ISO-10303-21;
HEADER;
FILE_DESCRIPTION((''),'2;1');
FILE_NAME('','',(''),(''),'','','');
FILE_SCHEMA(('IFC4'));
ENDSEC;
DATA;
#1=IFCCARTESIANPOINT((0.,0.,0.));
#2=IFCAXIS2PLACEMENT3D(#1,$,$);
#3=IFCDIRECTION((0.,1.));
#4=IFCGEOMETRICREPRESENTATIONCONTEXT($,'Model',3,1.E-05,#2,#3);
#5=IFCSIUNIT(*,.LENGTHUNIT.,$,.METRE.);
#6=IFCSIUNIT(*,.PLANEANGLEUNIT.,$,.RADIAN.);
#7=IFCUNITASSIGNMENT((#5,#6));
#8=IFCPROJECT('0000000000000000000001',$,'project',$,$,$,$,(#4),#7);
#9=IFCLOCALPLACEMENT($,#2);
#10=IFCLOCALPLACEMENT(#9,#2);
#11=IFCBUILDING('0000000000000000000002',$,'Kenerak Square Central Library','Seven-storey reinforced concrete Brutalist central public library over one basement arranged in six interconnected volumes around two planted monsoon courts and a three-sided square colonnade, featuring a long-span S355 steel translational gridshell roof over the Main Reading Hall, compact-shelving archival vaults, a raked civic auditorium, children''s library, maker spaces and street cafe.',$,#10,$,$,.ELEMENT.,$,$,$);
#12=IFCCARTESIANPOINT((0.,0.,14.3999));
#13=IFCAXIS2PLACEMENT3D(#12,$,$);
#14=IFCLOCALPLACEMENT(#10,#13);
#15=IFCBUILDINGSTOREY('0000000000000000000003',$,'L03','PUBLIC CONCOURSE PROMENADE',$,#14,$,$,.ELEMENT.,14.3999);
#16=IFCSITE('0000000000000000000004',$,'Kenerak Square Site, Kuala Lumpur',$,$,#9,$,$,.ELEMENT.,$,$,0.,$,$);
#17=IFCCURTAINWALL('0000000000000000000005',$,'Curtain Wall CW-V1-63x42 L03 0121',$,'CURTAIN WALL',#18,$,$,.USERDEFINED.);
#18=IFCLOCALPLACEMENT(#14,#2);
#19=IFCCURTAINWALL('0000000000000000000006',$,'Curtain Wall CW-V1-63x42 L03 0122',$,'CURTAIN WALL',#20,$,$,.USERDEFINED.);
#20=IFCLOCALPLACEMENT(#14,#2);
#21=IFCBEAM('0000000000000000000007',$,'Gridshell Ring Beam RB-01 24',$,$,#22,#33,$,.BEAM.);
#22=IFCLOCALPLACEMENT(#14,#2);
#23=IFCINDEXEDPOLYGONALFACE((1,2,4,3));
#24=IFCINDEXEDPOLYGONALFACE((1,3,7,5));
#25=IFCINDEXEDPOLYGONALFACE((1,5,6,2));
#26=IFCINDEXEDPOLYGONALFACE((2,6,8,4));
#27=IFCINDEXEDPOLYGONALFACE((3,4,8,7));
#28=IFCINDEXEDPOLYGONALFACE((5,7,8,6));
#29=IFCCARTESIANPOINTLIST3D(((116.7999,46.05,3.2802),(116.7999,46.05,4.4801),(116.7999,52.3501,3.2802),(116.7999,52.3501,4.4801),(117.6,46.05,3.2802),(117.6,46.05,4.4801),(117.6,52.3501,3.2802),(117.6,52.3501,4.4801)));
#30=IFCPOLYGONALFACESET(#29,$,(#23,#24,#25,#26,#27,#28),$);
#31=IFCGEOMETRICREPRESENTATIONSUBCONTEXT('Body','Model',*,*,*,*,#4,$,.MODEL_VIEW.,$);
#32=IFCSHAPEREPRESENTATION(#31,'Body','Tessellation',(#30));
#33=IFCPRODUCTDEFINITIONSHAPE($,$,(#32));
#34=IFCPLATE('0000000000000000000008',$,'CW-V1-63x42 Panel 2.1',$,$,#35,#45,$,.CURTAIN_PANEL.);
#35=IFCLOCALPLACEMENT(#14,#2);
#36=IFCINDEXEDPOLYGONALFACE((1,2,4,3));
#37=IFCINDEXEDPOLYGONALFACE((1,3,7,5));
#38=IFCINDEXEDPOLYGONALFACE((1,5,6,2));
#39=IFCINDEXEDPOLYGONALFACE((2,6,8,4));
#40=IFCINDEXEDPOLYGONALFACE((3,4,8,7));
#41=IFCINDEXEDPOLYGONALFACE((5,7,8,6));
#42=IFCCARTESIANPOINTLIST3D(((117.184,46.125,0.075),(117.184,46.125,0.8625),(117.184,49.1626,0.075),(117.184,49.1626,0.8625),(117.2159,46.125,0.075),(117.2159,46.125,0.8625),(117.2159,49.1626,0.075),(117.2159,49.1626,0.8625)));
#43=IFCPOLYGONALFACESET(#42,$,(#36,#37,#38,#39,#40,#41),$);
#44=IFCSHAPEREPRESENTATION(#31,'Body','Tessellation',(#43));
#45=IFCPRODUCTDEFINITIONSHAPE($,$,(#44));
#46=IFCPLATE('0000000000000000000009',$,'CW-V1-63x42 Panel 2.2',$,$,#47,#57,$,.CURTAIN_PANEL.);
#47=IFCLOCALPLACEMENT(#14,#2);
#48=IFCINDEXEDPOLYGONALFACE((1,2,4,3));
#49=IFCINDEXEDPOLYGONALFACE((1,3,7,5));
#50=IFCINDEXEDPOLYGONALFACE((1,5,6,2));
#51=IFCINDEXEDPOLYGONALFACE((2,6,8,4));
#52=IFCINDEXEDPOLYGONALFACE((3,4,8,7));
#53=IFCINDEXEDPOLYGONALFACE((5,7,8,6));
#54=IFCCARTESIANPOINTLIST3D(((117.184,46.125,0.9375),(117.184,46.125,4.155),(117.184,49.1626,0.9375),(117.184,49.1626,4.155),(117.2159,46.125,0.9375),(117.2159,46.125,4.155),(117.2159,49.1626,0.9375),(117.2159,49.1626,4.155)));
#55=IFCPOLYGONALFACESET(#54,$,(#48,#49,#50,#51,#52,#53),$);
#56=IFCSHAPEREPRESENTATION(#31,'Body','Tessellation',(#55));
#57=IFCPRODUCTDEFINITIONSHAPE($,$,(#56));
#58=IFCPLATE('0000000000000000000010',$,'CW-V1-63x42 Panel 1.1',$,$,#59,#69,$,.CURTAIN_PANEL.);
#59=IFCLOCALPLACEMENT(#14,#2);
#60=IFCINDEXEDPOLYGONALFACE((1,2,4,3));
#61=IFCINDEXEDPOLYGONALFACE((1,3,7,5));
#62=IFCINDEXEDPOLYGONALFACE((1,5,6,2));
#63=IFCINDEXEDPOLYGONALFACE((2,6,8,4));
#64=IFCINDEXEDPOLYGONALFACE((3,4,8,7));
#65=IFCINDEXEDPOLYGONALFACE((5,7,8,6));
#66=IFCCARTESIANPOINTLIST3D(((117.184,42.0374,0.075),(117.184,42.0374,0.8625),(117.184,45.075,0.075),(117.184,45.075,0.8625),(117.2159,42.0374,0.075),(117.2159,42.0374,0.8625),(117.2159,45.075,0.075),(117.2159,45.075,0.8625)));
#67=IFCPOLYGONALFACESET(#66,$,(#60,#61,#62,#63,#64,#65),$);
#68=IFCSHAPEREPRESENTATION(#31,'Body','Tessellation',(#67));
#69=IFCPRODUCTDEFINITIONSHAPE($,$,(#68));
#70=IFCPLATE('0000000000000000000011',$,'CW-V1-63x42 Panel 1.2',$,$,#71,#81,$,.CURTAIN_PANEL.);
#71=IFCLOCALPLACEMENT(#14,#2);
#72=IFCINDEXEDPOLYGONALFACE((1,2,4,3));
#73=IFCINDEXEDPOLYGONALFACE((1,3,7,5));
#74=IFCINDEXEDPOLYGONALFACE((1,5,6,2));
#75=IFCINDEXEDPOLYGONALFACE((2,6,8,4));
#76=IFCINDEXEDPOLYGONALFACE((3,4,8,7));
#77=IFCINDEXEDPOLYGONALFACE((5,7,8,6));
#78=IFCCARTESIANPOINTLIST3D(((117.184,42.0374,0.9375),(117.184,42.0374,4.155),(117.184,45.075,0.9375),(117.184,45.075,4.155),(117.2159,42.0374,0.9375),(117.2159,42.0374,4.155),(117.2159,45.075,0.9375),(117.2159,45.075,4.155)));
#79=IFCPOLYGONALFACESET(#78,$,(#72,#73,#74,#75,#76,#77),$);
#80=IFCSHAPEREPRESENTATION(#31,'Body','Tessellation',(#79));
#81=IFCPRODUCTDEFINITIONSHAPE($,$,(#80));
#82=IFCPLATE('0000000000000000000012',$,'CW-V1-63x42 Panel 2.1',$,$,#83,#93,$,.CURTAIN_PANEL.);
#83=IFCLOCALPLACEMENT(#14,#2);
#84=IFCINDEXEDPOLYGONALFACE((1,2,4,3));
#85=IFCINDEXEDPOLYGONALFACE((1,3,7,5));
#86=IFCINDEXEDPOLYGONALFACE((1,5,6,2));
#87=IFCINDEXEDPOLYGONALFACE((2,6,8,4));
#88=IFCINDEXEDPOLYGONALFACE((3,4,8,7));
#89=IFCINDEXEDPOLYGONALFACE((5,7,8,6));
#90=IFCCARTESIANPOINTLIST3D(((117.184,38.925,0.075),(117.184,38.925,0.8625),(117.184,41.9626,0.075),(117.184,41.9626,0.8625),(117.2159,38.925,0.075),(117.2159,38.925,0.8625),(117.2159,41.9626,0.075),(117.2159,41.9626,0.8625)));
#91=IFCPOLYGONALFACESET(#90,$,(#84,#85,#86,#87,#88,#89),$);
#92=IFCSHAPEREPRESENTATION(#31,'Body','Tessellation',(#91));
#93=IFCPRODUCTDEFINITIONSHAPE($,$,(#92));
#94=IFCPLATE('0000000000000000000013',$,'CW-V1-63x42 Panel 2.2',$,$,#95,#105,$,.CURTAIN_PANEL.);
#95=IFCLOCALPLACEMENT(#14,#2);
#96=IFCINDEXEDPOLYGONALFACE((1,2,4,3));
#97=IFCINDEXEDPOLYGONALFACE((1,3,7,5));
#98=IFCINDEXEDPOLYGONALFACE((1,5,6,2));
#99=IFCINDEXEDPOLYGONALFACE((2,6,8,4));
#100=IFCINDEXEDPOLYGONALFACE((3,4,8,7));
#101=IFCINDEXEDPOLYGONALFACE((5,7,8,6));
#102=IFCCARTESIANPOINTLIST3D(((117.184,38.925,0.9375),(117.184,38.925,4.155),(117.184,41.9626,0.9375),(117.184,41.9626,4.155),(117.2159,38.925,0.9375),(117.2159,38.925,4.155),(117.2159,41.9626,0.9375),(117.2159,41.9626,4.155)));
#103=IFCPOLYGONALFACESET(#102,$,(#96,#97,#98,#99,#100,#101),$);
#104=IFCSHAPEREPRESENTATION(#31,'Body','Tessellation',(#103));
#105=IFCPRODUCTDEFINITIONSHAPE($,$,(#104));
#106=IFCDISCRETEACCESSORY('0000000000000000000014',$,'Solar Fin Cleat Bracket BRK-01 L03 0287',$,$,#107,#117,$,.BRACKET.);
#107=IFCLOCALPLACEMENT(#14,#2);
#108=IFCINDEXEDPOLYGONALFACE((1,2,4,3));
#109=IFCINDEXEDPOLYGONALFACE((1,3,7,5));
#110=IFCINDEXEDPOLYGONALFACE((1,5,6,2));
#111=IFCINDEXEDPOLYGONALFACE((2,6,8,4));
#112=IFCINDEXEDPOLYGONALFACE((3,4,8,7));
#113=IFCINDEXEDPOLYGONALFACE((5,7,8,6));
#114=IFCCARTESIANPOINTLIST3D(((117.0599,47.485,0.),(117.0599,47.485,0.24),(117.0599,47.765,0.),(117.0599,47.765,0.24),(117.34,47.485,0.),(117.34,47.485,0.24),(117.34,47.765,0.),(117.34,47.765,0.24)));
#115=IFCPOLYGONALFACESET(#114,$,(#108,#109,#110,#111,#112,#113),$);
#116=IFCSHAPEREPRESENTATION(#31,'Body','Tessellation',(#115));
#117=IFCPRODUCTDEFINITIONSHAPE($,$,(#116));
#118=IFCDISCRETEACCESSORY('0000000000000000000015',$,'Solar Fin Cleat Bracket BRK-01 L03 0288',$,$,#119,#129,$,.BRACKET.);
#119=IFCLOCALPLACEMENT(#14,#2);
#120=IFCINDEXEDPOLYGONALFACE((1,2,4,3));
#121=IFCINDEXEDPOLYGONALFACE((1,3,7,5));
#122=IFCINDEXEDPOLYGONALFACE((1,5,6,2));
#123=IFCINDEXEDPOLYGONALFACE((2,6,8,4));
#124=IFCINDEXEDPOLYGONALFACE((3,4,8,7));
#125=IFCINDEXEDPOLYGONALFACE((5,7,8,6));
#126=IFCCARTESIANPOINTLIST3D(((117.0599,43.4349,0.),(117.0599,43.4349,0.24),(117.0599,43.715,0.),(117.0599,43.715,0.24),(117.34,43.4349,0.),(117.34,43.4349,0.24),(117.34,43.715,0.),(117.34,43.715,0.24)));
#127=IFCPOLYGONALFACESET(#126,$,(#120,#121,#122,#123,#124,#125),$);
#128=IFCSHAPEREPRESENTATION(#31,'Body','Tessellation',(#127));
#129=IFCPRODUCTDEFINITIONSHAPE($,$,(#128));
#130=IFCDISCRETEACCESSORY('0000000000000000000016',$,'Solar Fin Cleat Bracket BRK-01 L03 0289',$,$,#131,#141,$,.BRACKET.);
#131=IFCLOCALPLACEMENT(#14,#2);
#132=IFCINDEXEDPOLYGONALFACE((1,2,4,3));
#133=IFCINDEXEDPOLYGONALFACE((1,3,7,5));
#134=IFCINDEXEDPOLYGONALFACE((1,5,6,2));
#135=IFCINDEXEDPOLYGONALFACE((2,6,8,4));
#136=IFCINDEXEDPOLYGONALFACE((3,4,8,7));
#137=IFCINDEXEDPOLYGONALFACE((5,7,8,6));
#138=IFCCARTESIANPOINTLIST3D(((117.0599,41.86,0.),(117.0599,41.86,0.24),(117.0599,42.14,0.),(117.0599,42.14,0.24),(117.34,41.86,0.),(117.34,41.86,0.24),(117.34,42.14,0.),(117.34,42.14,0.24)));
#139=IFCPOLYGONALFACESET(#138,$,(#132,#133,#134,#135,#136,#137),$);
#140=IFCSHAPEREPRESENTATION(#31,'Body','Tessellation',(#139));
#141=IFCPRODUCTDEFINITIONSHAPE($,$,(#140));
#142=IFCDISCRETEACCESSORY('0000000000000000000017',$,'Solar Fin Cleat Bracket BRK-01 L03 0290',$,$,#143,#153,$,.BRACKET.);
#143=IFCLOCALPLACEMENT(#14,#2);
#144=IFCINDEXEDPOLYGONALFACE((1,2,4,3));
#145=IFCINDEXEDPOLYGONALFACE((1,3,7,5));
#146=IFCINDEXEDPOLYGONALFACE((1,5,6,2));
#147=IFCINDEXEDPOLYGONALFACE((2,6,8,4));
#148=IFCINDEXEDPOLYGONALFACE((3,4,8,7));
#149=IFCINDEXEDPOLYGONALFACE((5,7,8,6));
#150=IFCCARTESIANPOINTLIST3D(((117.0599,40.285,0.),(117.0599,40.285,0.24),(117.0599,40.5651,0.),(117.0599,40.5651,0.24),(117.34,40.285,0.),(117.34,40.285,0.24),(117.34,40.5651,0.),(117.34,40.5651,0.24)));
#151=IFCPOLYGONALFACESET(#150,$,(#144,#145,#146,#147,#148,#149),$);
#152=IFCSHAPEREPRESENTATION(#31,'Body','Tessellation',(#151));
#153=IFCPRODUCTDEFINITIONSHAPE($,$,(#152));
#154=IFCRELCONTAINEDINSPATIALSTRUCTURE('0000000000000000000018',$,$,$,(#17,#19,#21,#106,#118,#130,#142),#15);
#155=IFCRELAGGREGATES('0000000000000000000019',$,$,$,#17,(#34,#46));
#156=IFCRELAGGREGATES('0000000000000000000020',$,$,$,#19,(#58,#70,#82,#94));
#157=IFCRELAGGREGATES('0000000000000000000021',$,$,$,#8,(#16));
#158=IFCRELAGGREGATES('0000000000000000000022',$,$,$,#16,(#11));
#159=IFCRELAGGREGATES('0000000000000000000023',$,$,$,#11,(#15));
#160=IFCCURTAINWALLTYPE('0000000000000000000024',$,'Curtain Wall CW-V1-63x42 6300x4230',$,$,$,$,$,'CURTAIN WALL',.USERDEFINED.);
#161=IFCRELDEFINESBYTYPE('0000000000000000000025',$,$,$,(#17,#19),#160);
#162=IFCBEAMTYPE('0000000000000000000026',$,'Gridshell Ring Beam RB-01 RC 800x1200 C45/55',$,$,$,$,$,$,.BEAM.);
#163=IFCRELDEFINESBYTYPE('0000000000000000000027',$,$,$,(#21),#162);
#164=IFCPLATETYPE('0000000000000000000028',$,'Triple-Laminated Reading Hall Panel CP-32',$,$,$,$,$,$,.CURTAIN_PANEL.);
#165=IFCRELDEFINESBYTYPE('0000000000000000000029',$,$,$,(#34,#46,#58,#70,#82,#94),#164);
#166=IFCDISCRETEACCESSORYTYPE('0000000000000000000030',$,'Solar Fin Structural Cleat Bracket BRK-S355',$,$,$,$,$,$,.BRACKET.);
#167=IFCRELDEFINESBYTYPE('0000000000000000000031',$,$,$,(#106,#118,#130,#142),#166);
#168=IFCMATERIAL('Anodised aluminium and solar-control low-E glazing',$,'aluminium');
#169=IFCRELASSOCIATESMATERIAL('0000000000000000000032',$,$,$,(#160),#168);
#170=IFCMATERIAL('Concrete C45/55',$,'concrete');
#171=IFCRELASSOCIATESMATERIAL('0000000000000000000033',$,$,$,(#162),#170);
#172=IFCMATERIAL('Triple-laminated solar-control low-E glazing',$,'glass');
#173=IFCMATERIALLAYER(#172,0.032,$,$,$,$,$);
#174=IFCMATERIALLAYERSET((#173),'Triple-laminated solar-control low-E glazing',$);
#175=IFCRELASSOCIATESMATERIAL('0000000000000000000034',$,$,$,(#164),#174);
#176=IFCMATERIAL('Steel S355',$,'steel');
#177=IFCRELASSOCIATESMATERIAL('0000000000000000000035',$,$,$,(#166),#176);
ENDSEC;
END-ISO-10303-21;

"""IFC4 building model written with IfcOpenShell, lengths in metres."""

from ifc_helpers import new_model, si_unit, direction, frame, origin, origin_2d, place, context, subcontext, project, spatial, rectangle, extrude, material, layer, layer_set, material_profile, profile_set, type_object, element, aggregate, save


model = new_model("IFC4")

# Units and contexts
model_context = context("Model", 3, precision=1e-05, world=origin(), true_north=direction((0.0, 1.0)))
body_context = subcontext(model_context, "Body", "Model", "MODEL_VIEW")
ifc_project = project(units=[si_unit("LENGTHUNIT", "METRE"), si_unit("PLANEANGLEUNIT", "RADIAN")], contexts=[model_context])

# Site, building, storey
site_placement = place(None, origin())
site = spatial("IfcSite", under=ifc_project, at=site_placement, Name="Kenerak Square Site, Kuala Lumpur", CompositionType="ELEMENT", RefElevation=0.0)
building_placement = place(site_placement, origin())
building = spatial("IfcBuilding", under=site, at=building_placement, Name="Kenerak Square Central Library", Description="Seven-storey reinforced concrete Brutalist central public library over one basement arranged in six interconnected volumes around two planted monsoon courts and a three-sided square colonnade, featuring a long-span S355 steel translational gridshell roof over the Main Reading Hall, compact-shelving archival vaults, a raked civic auditorium, children's library, maker spaces and street cafe.", CompositionType="ELEMENT")
storey_placement = place(building_placement, frame((0.0, 0.0, 14.3999)))
storey = spatial("IfcBuildingStorey", under=building, at=storey_placement, Name="L03", Description="PUBLIC CONCOURSE PROMENADE", CompositionType="ELEMENT", Elevation=14.3999)

# Shared definitions
ifc_material_1 = material(Name="Concrete C45/55", Category="concrete")

# Curtain wall
ifc_material_2 = material(Name="Anodised aluminium and solar-control low-E glazing", Category="aluminium")
curtain_wall_type = type_object("IfcCurtainWallType", Name="Curtain Wall CW-V1-63x42 6300x4230", ElementType="CURTAIN WALL", PredefinedType="USERDEFINED", material=ifc_material_2)
curtain_wall_1_placement = place(storey_placement, origin())
curtain_wall_1 = element("IfcCurtainWall", 1, at=curtain_wall_1_placement, inside=storey, type_object=curtain_wall_type, Name="Curtain Wall CW-V1-63x42 L03 0121", ObjectType="CURTAIN WALL", PredefinedType="USERDEFINED")

# Curtain wall
curtain_wall_2_placement = place(storey_placement, origin())
curtain_wall_2 = element("IfcCurtainWall", 2, at=curtain_wall_2_placement, inside=storey, type_object=curtain_wall_type, Name="Curtain Wall CW-V1-63x42 L03 0122", ObjectType="CURTAIN WALL", PredefinedType="USERDEFINED")

# Beam
ifc_material_profile_1 = material_profile(ifc_material_1, rectangle(XDim=0.8, YDim=1.2, at=origin_2d()), Name="RC 800x1200")
ifc_profile_set_1 = profile_set([ifc_material_profile_1], Name="Concrete C45/55")
beam_type = type_object("IfcBeamType", Name="Gridshell Ring Beam RB-01 RC 800x1200 C45/55", PredefinedType="BEAM", material=ifc_profile_set_1)
beam_1_placement = place(storey_placement, frame((117.2, 46.05, 3.8801), z_axis=(0.0, 1.0, 0.0), x_axis=(-1.0, 0.0, 0.0)))
element("IfcBeam", 3, at=beam_1_placement, inside=storey, type_object=beam_type, Name="Gridshell Ring Beam RB-01 24", PredefinedType="BEAM", context=body_context, shape_type="SweptSolid", body=[
    extrude(rectangle(XDim=0.8, YDim=1.2, at=origin_2d()), origin(), (0.0, 0.0, 1.0), 6.3),
])

# Plates
ifc_material_3 = material(Name="Triple-laminated solar-control low-E glazing", Category="glass")
ifc_layer = layer(ifc_material_3, 0.032)
ifc_layer_set = layer_set([ifc_layer], Name="Triple-laminated solar-control low-E glazing")
plate_type = type_object("IfcPlateType", Name="Triple-Laminated Reading Hall Panel CP-32", PredefinedType="CURTAIN_PANEL", material=ifc_layer_set)
plate_1_placement = place(storey_placement, frame((117.2, 47.6438, 0.075), z_axis=(0.0, 0.0, 1.0), x_axis=(0.0, -1.0, 0.0)))
plate_1 = element("IfcPlate", 4, at=plate_1_placement, type_object=plate_type, Name="CW-V1-63x42 Panel 2.1", PredefinedType="CURTAIN_PANEL", context=body_context, shape_type="SweptSolid", body=[
    extrude(rectangle(XDim=3.0376, YDim=0.032, at=origin_2d()), origin(), (0.0, 0.0, 1.0), 0.7876),
])
plate_2_placement = place(storey_placement, frame((117.2, 47.6438, 0.9375), z_axis=(0.0, 0.0, 1.0), x_axis=(0.0, -1.0, 0.0)))
plate_2 = element("IfcPlate", 5, at=plate_2_placement, type_object=plate_type, Name="CW-V1-63x42 Panel 2.2", PredefinedType="CURTAIN_PANEL", context=body_context, shape_type="SweptSolid", body=[
    extrude(rectangle(XDim=3.0376, YDim=0.032, at=origin_2d()), origin(), (0.0, 0.0, 1.0), 3.2175),
])
aggregate(curtain_wall_1, [plate_1, plate_2])
plate_3_placement = place(storey_placement, frame((117.2, 43.5562, 0.075), z_axis=(0.0, 0.0, 1.0), x_axis=(0.0, -1.0, 0.0)))
plate_3 = element("IfcPlate", 6, at=plate_3_placement, type_object=plate_type, Name="CW-V1-63x42 Panel 1.1", PredefinedType="CURTAIN_PANEL", context=body_context, shape_type="SweptSolid", body=[
    extrude(rectangle(XDim=3.0376, YDim=0.032, at=origin_2d()), origin(), (0.0, 0.0, 1.0), 0.7876),
])
plate_4_placement = place(storey_placement, frame((117.2, 43.5562, 0.9375), z_axis=(0.0, 0.0, 1.0), x_axis=(0.0, -1.0, 0.0)))
plate_4 = element("IfcPlate", 7, at=plate_4_placement, type_object=plate_type, Name="CW-V1-63x42 Panel 1.2", PredefinedType="CURTAIN_PANEL", context=body_context, shape_type="SweptSolid", body=[
    extrude(rectangle(XDim=3.0376, YDim=0.032, at=origin_2d()), origin(), (0.0, 0.0, 1.0), 3.2175),
])
plate_5_placement = place(storey_placement, frame((117.2, 40.4438, 0.075), z_axis=(0.0, 0.0, 1.0), x_axis=(0.0, -1.0, 0.0)))
plate_5 = element("IfcPlate", 8, at=plate_5_placement, type_object=plate_type, Name="CW-V1-63x42 Panel 2.1", PredefinedType="CURTAIN_PANEL", context=body_context, shape_type="SweptSolid", body=[
    extrude(rectangle(XDim=3.0376, YDim=0.032, at=origin_2d()), origin(), (0.0, 0.0, 1.0), 0.7876),
])
plate_6_placement = place(storey_placement, frame((117.2, 40.4438, 0.9375), z_axis=(0.0, 0.0, 1.0), x_axis=(0.0, -1.0, 0.0)))
plate_6 = element("IfcPlate", 9, at=plate_6_placement, type_object=plate_type, Name="CW-V1-63x42 Panel 2.2", PredefinedType="CURTAIN_PANEL", context=body_context, shape_type="SweptSolid", body=[
    extrude(rectangle(XDim=3.0376, YDim=0.032, at=origin_2d()), origin(), (0.0, 0.0, 1.0), 3.2175),
])
aggregate(curtain_wall_2, [plate_3, plate_4, plate_5, plate_6])

# Discrete accessories
ifc_material_4 = material(Name="Steel S355", Category="steel")
discrete_accessory_type = type_object("IfcDiscreteAccessoryType", Name="Solar Fin Structural Cleat Bracket BRK-S355", PredefinedType="BRACKET", material=ifc_material_4)
for number, where, z_axis, x_axis, name in (
    (10, (117.2, 47.625, 0.0), (0.0, 0.0, 1.0), (0.0, -1.0, 0.0), "Solar Fin Cleat Bracket BRK-01 L03 0287"),
    (11, (117.2, 43.575, 0.0), (0.0, 0.0, 1.0), (0.0, -1.0, 0.0), "Solar Fin Cleat Bracket BRK-01 L03 0288"),
    (12, (117.2, 42.0, 0.0), (0.0, 0.0, 1.0), (0.0, -1.0, 0.0), "Solar Fin Cleat Bracket BRK-01 L03 0289"),
    (13, (117.2, 40.425, 0.0), (0.0, 0.0, 1.0), (0.0, -1.0, 0.0), "Solar Fin Cleat Bracket BRK-01 L03 0290"),
):
    element("IfcDiscreteAccessory", number, at=place(storey_placement, frame(where, z_axis=z_axis, x_axis=x_axis)), inside=storey, type_object=discrete_accessory_type, Name=name, PredefinedType="BRACKET", context=body_context, shape_type="SweptSolid", body=[
        extrude(rectangle(XDim=0.28, YDim=0.28, at=origin_2d()), origin(), (0.0, 0.0, 1.0), 0.24),
    ])

save(model, "model.ifc")
